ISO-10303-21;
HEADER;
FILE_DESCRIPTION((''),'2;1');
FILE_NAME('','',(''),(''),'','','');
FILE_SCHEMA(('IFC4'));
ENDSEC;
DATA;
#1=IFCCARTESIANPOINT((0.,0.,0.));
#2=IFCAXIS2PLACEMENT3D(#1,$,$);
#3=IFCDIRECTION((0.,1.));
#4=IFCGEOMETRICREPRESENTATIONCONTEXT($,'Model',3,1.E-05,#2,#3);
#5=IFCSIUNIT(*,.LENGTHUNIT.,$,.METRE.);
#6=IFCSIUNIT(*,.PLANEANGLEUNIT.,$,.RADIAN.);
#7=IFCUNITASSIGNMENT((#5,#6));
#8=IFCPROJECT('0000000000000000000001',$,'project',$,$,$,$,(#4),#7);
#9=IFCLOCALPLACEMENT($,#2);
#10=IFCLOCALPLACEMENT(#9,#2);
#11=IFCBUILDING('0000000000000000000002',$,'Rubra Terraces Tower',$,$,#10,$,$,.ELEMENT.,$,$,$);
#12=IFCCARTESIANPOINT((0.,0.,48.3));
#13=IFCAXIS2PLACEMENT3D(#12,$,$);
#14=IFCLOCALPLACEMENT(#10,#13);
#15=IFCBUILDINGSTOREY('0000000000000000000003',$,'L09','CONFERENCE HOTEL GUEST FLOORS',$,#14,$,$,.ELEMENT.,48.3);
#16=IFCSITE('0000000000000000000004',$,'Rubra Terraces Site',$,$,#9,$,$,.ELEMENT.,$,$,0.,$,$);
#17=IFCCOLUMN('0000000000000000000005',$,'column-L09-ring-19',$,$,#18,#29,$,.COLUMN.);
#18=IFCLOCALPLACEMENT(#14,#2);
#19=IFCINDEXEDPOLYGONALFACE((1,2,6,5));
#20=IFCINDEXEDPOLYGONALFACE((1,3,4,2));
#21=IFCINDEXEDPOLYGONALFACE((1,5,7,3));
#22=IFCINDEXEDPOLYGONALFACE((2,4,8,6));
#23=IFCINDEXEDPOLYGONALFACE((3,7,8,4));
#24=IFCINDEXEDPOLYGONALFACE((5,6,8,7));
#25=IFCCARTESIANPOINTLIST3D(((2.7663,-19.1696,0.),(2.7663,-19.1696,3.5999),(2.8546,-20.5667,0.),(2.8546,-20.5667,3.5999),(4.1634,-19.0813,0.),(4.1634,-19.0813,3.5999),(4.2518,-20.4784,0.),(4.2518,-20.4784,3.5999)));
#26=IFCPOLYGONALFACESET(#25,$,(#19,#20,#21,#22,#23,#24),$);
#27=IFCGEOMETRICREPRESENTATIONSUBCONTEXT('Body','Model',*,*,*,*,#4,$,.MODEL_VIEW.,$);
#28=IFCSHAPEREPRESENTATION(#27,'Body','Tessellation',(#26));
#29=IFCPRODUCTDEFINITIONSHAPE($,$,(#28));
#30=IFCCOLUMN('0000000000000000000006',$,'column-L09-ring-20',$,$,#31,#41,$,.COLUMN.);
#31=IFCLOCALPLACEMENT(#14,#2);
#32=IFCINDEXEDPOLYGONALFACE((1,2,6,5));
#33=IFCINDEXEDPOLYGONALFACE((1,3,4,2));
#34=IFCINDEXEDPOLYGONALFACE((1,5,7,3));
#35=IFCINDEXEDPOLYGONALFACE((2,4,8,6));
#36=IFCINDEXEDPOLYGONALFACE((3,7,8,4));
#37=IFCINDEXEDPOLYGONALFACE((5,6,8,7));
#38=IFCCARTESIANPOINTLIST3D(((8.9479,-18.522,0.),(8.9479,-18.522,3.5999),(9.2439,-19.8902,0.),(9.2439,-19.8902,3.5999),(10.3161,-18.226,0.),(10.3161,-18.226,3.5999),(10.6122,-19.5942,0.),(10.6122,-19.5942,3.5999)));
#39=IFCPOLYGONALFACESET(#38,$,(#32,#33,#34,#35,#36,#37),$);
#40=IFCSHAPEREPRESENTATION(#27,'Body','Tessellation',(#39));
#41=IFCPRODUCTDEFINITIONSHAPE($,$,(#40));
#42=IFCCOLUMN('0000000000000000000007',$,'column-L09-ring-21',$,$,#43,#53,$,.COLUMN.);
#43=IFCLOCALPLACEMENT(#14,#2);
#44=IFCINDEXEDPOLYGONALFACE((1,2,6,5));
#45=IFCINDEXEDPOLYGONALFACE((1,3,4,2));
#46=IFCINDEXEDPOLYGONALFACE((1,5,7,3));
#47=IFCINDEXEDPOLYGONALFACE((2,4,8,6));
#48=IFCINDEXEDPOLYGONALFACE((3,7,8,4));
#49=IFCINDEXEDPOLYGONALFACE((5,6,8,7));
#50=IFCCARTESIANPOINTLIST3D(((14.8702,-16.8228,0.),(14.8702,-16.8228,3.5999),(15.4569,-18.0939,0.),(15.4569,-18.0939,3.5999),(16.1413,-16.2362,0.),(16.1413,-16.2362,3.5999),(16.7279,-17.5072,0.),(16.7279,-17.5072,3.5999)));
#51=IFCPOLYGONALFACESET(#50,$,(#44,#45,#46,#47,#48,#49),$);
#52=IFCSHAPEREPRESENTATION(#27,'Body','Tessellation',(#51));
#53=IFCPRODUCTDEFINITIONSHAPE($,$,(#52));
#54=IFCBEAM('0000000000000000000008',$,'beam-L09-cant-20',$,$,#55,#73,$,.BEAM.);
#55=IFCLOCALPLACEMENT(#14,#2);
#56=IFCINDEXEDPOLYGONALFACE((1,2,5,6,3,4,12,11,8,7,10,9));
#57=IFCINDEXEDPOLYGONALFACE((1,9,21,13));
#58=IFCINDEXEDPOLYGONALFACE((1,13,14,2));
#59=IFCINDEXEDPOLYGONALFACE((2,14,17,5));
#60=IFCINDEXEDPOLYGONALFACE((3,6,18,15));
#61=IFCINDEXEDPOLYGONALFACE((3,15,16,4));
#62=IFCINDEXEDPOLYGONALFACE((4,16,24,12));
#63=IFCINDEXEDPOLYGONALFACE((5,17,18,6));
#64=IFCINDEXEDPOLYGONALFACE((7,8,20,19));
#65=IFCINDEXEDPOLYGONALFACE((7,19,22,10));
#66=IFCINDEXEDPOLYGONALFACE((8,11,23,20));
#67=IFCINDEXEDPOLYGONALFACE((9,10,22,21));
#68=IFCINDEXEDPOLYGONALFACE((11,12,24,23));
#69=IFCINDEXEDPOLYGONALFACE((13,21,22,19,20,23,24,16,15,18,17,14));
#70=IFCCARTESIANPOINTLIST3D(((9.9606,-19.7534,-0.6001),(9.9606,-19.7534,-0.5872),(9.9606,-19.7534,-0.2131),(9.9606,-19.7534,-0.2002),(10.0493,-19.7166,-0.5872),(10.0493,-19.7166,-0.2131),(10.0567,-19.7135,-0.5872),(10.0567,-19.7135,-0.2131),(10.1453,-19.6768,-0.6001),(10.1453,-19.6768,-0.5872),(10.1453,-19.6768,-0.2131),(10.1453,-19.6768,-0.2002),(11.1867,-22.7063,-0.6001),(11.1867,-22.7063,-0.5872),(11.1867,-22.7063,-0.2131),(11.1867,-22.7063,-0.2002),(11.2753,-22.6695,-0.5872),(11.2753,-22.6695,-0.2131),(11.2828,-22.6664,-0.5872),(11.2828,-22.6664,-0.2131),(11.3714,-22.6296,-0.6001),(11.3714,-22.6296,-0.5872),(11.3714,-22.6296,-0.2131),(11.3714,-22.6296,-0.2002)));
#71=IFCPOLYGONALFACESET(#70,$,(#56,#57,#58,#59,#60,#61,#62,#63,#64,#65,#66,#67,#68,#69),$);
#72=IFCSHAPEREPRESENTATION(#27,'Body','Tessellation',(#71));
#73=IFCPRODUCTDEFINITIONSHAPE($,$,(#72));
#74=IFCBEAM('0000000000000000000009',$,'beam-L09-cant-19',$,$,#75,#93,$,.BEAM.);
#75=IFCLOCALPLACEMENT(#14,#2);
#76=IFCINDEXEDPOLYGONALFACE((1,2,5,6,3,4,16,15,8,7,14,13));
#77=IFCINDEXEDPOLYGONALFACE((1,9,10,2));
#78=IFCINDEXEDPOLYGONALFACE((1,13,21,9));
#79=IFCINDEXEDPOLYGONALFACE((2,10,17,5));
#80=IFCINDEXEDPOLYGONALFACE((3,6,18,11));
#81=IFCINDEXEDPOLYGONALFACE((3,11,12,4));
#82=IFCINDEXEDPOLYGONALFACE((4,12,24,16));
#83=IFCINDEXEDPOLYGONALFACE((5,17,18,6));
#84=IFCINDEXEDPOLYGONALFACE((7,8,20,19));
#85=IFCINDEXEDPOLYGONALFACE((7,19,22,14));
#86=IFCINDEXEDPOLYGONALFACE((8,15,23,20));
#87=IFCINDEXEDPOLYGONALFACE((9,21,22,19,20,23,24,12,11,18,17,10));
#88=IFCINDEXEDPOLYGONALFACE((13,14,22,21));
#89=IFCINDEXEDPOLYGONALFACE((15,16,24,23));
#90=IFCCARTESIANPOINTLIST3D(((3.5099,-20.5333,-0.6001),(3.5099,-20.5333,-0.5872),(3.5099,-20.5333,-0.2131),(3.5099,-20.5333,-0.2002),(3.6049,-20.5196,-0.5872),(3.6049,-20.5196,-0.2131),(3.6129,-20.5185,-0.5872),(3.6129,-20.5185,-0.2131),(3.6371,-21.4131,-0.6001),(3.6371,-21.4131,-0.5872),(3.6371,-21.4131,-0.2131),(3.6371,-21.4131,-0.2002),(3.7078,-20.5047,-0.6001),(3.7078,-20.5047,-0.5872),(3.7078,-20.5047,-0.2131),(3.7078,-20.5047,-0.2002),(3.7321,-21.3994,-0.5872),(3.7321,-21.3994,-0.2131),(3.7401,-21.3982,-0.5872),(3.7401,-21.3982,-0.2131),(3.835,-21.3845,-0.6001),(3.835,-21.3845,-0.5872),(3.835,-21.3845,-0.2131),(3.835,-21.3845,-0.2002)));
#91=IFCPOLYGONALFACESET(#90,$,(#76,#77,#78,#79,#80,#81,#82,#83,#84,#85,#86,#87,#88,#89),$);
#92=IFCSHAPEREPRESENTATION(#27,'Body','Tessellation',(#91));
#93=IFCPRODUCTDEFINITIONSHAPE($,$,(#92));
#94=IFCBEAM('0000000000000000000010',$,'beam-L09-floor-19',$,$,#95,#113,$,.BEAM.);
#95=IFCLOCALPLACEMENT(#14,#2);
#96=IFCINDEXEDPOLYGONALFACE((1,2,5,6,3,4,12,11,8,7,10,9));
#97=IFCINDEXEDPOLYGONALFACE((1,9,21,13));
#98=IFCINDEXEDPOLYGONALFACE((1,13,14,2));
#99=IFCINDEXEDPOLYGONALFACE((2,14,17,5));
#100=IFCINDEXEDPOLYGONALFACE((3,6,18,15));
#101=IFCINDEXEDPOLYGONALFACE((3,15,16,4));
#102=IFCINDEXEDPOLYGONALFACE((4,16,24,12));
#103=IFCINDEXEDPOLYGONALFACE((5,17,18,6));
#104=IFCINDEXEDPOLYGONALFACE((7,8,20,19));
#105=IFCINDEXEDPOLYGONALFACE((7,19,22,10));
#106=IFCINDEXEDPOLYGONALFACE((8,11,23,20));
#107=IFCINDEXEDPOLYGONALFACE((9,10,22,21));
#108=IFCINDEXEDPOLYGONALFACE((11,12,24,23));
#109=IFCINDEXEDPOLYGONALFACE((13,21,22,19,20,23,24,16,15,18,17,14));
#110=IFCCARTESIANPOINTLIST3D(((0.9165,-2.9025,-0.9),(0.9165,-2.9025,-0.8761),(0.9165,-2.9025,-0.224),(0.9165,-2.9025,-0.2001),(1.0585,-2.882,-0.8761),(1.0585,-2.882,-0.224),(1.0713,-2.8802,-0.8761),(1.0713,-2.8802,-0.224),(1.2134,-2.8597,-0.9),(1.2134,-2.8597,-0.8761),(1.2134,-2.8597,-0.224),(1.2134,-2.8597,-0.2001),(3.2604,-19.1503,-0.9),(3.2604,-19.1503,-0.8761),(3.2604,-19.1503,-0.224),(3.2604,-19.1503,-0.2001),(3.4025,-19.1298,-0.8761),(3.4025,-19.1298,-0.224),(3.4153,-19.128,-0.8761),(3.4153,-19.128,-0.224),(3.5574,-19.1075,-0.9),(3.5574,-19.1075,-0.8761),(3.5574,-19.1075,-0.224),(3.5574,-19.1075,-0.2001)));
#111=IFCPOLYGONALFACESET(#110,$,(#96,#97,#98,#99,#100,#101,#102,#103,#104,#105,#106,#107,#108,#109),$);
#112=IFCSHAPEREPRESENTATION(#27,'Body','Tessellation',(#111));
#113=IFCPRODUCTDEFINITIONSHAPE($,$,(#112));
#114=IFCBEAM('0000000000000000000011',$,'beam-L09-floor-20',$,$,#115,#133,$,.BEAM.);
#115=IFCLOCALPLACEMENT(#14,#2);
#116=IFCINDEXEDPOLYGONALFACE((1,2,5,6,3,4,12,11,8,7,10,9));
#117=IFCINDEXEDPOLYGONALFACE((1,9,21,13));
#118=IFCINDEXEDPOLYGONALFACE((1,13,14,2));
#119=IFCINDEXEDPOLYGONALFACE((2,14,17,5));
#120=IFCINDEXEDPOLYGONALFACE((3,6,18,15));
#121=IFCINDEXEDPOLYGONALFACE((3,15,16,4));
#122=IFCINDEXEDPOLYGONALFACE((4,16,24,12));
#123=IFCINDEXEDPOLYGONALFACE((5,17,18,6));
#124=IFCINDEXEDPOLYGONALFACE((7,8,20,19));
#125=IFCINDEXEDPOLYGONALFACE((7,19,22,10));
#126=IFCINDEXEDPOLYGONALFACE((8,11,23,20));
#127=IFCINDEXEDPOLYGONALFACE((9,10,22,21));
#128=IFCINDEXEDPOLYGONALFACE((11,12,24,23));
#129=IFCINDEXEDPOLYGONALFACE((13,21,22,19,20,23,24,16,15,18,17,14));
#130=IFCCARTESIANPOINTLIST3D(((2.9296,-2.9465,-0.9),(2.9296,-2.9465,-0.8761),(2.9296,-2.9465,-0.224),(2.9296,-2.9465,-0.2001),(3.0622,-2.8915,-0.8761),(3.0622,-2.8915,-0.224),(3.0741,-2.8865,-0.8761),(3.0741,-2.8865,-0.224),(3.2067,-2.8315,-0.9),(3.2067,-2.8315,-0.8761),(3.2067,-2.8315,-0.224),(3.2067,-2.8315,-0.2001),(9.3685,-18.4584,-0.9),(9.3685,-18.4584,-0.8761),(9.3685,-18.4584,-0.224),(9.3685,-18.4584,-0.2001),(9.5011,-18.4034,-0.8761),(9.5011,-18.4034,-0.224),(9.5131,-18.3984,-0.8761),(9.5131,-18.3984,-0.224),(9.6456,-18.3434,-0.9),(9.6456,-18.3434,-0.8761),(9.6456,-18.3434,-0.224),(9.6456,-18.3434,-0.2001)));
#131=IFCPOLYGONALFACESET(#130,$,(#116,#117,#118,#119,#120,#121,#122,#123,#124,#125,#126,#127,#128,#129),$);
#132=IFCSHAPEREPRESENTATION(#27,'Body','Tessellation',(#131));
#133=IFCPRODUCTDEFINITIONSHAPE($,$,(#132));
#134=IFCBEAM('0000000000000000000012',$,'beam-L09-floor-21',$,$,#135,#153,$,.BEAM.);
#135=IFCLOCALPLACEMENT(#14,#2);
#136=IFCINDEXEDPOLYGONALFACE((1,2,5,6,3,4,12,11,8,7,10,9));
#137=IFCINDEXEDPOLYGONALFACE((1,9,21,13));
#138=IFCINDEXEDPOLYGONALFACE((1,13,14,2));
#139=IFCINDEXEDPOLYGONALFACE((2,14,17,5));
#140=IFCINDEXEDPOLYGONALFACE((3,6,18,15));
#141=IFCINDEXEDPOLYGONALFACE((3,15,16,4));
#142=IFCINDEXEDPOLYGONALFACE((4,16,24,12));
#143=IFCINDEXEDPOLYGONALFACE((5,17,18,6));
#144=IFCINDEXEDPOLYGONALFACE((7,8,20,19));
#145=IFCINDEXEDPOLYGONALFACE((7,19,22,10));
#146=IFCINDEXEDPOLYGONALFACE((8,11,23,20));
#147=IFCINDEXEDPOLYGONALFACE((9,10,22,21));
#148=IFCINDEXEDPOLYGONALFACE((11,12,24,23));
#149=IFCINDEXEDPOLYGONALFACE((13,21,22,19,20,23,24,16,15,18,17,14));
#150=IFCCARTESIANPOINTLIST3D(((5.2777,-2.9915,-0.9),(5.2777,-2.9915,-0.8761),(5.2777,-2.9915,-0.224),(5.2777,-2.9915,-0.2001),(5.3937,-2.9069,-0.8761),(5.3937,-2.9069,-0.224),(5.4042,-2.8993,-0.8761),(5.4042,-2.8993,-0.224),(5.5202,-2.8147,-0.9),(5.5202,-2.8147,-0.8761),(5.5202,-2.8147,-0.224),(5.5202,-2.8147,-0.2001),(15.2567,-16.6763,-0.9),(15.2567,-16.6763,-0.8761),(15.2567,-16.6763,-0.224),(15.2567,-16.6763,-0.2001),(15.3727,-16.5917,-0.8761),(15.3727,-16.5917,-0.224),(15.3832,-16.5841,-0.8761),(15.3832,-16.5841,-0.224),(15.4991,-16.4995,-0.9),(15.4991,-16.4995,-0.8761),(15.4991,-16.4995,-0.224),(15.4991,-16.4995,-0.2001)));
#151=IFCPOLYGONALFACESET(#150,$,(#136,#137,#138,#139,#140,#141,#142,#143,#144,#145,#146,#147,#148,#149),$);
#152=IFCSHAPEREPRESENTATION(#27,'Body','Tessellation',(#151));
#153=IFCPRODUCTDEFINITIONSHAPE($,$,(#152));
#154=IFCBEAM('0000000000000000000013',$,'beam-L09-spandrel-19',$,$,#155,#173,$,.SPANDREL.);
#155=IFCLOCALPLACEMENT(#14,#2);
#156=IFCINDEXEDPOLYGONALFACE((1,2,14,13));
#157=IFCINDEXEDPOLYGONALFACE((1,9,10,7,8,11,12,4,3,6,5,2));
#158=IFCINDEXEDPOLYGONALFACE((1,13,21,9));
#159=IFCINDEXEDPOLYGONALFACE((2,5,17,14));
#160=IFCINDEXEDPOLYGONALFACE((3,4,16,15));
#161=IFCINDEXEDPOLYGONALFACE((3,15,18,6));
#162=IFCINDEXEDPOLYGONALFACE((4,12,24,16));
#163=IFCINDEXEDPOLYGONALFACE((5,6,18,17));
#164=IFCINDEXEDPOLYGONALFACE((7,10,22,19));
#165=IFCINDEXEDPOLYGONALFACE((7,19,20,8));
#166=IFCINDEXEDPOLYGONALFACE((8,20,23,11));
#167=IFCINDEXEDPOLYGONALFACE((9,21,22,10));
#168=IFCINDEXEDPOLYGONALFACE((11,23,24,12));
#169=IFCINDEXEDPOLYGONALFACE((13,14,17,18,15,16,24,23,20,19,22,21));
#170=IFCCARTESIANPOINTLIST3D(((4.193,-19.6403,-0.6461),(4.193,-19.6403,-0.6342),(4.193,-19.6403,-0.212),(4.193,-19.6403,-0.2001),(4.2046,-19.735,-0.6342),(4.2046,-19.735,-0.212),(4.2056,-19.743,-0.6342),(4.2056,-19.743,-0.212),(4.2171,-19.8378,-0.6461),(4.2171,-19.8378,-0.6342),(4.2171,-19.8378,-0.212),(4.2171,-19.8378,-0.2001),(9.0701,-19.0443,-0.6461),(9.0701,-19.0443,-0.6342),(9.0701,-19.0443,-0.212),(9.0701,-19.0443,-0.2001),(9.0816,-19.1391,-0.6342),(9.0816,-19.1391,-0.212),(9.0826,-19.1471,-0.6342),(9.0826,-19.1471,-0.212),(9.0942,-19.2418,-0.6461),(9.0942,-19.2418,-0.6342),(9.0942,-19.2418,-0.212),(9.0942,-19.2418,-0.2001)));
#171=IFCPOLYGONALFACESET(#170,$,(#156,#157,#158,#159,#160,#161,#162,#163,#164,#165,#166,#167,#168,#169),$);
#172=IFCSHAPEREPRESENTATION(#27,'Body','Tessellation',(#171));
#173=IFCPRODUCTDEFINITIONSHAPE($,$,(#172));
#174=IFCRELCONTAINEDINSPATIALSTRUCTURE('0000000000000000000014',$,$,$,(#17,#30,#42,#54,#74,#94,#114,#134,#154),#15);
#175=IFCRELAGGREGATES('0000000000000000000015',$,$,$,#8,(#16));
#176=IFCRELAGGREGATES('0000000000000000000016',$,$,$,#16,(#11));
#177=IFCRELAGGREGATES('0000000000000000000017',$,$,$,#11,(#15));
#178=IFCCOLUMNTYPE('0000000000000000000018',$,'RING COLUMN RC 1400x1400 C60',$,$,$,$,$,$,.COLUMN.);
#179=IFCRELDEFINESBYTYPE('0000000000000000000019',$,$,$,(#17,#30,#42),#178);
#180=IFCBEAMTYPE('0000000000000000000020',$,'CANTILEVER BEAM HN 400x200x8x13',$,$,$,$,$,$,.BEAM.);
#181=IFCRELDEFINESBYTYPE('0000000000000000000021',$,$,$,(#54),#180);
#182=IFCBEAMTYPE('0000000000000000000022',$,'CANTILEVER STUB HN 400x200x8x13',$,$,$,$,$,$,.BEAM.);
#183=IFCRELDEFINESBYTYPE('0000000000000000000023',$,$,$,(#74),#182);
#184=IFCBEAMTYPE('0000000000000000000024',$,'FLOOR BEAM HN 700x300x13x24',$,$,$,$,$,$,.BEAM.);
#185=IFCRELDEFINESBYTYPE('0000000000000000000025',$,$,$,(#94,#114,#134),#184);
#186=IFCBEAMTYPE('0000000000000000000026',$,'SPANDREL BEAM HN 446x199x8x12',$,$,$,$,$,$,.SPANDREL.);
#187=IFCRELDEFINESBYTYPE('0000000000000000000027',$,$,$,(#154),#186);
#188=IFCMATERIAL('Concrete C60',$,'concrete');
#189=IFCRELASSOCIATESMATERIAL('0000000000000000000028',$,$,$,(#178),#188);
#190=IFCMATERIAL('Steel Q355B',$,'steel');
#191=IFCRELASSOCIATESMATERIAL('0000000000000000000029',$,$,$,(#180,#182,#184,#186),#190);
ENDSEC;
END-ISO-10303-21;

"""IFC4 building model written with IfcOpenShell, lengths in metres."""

from ifc_helpers import new_model, si_unit, direction, frame, origin, origin_2d, place, context, subcontext, project, spatial, rectangle, i_section, extrude, material, material_profile, profile_set, type_object, element, save


model = new_model("IFC4")

# Units and contexts
model_context = context("Model", 3, precision=1e-05, world=origin(), true_north=direction((0.0, 1.0)))
body_context = subcontext(model_context, "Body", "Model", "MODEL_VIEW")
ifc_project = project(units=[si_unit("LENGTHUNIT", "METRE"), si_unit("PLANEANGLEUNIT", "RADIAN")], contexts=[model_context])

# Site, building, storey
site_placement = place(None, origin())
site = spatial("IfcSite", under=ifc_project, at=site_placement, Name="Rubra Terraces Site", CompositionType="ELEMENT", RefElevation=0.0)
building_placement = place(site_placement, origin())
building = spatial("IfcBuilding", under=site, at=building_placement, Name="Rubra Terraces Tower", CompositionType="ELEMENT")
storey_placement = place(building_placement, frame((0.0, 0.0, 48.3)))
storey = spatial("IfcBuildingStorey", under=building, at=storey_placement, Name="L09", Description="CONFERENCE HOTEL GUEST FLOORS", CompositionType="ELEMENT", Elevation=48.3)

# Columns
ifc_material_1 = material(Name="Concrete C60", Category="concrete")
ifc_material_profile_1 = material_profile(ifc_material_1, rectangle(XDim=1.3999, YDim=1.3999, at=origin_2d()), Name="RC 1400x1400")
ifc_profile_set_1 = profile_set([ifc_material_profile_1], Name="Concrete C60")
column_type = type_object("IfcColumnType", Name="RING COLUMN RC 1400x1400 C60", PredefinedType="COLUMN", material=ifc_profile_set_1)
for number, where, z_axis, x_axis, name in (
    (1, (3.509, -19.824, 0.0), (0.0, 0.0, 1.0), (0.998008, 0.063094, 0.0), "column-L09-ring-19"),
    (2, (9.78, -19.0581, 0.0), (0.0, 0.0, 1.0), (0.977386, 0.211462, 0.0), "column-L09-ring-20"),
    (3, (15.7991, -17.165, 0.0), (0.0, 0.0, 1.0), (0.907952, 0.419073, 0.0), "column-L09-ring-21"),
):
    element("IfcColumn", number, at=place(storey_placement, frame(where, z_axis=z_axis, x_axis=x_axis)), inside=storey, type_object=column_type, Name=name, PredefinedType="COLUMN", context=body_context, shape_type="SweptSolid", body=[
        extrude(rectangle(XDim=1.3999, YDim=1.3999, at=origin_2d()), origin(), (0.0, 0.0, 1.0), 3.5999),
    ])

# Beams
ifc_material_2 = material(Name="Steel Q355B", Category="steel")
ifc_material_profile_2 = material_profile(ifc_material_2, i_section(OverallWidth=0.2, OverallDepth=0.3999, WebThickness=0.0081, FlangeThickness=0.0129, at=origin_2d()), Name="HN 400x200x8x13")
ifc_profile_set_2 = profile_set([ifc_material_profile_2], Name="Steel Q355B")
beam_type_1 = type_object("IfcBeamType", Name="CANTILEVER BEAM HN 400x200x8x13", PredefinedType="BEAM", material=ifc_profile_set_2)
beam_1_placement = place(storey_placement, frame((10.053, -19.7151, -0.4001), z_axis=(0.383471, -0.923553, 0.0), x_axis=(0.923553, 0.383471, 0.0)))
element("IfcBeam", 4, at=beam_1_placement, inside=storey, type_object=beam_type_1, Name="beam-L09-cant-20", PredefinedType="BEAM", context=body_context, shape_type="SweptSolid", body=[
    extrude(i_section(OverallWidth=0.2, OverallDepth=0.3999, WebThickness=0.0081, FlangeThickness=0.0129, at=origin_2d()), origin(), (0.0, 0.0, 1.0), 3.1973),
])
ifc_material_profile_3 = material_profile(ifc_material_2, i_section(OverallWidth=0.2, OverallDepth=0.3999, WebThickness=0.0081, FlangeThickness=0.0129, at=origin_2d()), Name="HN 400x200x8x13")
ifc_profile_set_3 = profile_set([ifc_material_profile_3], Name="Steel Q355B")
beam_type_2 = type_object("IfcBeamType", Name="CANTILEVER STUB HN 400x200x8x13", PredefinedType="BEAM", material=ifc_profile_set_3)
beam_2_placement = place(storey_placement, frame((3.6089, -20.519, -0.4001), z_axis=(0.143074, -0.989712, 0.0), x_axis=(0.989712, 0.143074, 0.0)))
element("IfcBeam", 5, at=beam_2_placement, inside=storey, type_object=beam_type_2, Name="beam-L09-cant-19", PredefinedType="BEAM", context=body_context, shape_type="SweptSolid", body=[
    extrude(i_section(OverallWidth=0.2, OverallDepth=0.3999, WebThickness=0.0081, FlangeThickness=0.0129, at=origin_2d()), origin(), (0.0, 0.0, 1.0), 0.8889),
])
ifc_material_profile_4 = material_profile(ifc_material_2, i_section(OverallWidth=0.3, OverallDepth=0.7, WebThickness=0.0129, FlangeThickness=0.0239, at=origin_2d()), Name="HN 700x300x13x24")
ifc_profile_set_4 = profile_set([ifc_material_profile_4], Name="Steel Q355B")
beam_type_3 = type_object("IfcBeamType", Name="FLOOR BEAM HN 700x300x13x24", PredefinedType="BEAM", material=ifc_profile_set_4)
beam_3_placement = place(storey_placement, frame((3.4089, -19.1289, -0.55), z_axis=(-0.142787, 0.989753, 0.0), x_axis=(-0.989753, -0.142787, 0.0)))
element("IfcBeam", 6, at=beam_3_placement, inside=storey, type_object=beam_type_3, Name="beam-L09-floor-19", PredefinedType="BEAM", context=body_context, shape_type="SweptSolid", body=[
    extrude(i_section(OverallWidth=0.3, OverallDepth=0.7, WebThickness=0.0129, FlangeThickness=0.0239, at=origin_2d()), origin(), (0.0, 0.0, 1.0), 16.416),
])
beam_4_placement = place(storey_placement, frame((9.5071, -18.4009, -0.55), z_axis=(-0.38338, 0.923591, 0.0), x_axis=(-0.923591, -0.38338, 0.0)))
element("IfcBeam", 7, at=beam_4_placement, inside=storey, type_object=beam_type_3, Name="beam-L09-floor-20", PredefinedType="BEAM", context=body_context, shape_type="SweptSolid", body=[
    extrude(i_section(OverallWidth=0.3, OverallDepth=0.7, WebThickness=0.0129, FlangeThickness=0.0239, at=origin_2d()), origin(), (0.0, 0.0, 1.0), 16.7952),
])
beam_5_placement = place(storey_placement, frame((15.3779, -16.5879, -0.55), z_axis=(-0.589191, 0.807994, 0.0), x_axis=(-0.807994, -0.589191, 0.0)))
element("IfcBeam", 8, at=beam_5_placement, inside=storey, type_object=beam_type_3, Name="beam-L09-floor-21", PredefinedType="BEAM", context=body_context, shape_type="SweptSolid", body=[
    extrude(i_section(OverallWidth=0.3, OverallDepth=0.7, WebThickness=0.0129, FlangeThickness=0.0239, at=origin_2d()), origin(), (0.0, 0.0, 1.0), 16.9368),
])
ifc_material_profile_5 = material_profile(ifc_material_2, i_section(OverallWidth=0.199, OverallDepth=0.446, WebThickness=0.0081, FlangeThickness=0.012, at=origin_2d()), Name="HN 446x199x8x12")
ifc_profile_set_5 = profile_set([ifc_material_profile_5], Name="Steel Q355B")
beam_type_4 = type_object("IfcBeamType", Name="SPANDREL BEAM HN 446x199x8x12", PredefinedType="SPANDREL", material=ifc_profile_set_5)
beam_6_placement = place(storey_placement, frame((4.2051, -19.739, -0.4231), z_axis=(0.992617, 0.121294, 0.0), x_axis=(-0.121294, 0.992617, 0.0)))
element("IfcBeam", 9, at=beam_6_placement, inside=storey, type_object=beam_type_4, Name="beam-L09-spandrel-19", PredefinedType="SPANDREL", context=body_context, shape_type="SweptSolid", body=[
    extrude(i_section(OverallWidth=0.199, OverallDepth=0.446, WebThickness=0.0081, FlangeThickness=0.012, at=origin_2d()), origin(), (0.0, 0.0, 1.0), 4.9133),
])

save(model, "model.ifc")
